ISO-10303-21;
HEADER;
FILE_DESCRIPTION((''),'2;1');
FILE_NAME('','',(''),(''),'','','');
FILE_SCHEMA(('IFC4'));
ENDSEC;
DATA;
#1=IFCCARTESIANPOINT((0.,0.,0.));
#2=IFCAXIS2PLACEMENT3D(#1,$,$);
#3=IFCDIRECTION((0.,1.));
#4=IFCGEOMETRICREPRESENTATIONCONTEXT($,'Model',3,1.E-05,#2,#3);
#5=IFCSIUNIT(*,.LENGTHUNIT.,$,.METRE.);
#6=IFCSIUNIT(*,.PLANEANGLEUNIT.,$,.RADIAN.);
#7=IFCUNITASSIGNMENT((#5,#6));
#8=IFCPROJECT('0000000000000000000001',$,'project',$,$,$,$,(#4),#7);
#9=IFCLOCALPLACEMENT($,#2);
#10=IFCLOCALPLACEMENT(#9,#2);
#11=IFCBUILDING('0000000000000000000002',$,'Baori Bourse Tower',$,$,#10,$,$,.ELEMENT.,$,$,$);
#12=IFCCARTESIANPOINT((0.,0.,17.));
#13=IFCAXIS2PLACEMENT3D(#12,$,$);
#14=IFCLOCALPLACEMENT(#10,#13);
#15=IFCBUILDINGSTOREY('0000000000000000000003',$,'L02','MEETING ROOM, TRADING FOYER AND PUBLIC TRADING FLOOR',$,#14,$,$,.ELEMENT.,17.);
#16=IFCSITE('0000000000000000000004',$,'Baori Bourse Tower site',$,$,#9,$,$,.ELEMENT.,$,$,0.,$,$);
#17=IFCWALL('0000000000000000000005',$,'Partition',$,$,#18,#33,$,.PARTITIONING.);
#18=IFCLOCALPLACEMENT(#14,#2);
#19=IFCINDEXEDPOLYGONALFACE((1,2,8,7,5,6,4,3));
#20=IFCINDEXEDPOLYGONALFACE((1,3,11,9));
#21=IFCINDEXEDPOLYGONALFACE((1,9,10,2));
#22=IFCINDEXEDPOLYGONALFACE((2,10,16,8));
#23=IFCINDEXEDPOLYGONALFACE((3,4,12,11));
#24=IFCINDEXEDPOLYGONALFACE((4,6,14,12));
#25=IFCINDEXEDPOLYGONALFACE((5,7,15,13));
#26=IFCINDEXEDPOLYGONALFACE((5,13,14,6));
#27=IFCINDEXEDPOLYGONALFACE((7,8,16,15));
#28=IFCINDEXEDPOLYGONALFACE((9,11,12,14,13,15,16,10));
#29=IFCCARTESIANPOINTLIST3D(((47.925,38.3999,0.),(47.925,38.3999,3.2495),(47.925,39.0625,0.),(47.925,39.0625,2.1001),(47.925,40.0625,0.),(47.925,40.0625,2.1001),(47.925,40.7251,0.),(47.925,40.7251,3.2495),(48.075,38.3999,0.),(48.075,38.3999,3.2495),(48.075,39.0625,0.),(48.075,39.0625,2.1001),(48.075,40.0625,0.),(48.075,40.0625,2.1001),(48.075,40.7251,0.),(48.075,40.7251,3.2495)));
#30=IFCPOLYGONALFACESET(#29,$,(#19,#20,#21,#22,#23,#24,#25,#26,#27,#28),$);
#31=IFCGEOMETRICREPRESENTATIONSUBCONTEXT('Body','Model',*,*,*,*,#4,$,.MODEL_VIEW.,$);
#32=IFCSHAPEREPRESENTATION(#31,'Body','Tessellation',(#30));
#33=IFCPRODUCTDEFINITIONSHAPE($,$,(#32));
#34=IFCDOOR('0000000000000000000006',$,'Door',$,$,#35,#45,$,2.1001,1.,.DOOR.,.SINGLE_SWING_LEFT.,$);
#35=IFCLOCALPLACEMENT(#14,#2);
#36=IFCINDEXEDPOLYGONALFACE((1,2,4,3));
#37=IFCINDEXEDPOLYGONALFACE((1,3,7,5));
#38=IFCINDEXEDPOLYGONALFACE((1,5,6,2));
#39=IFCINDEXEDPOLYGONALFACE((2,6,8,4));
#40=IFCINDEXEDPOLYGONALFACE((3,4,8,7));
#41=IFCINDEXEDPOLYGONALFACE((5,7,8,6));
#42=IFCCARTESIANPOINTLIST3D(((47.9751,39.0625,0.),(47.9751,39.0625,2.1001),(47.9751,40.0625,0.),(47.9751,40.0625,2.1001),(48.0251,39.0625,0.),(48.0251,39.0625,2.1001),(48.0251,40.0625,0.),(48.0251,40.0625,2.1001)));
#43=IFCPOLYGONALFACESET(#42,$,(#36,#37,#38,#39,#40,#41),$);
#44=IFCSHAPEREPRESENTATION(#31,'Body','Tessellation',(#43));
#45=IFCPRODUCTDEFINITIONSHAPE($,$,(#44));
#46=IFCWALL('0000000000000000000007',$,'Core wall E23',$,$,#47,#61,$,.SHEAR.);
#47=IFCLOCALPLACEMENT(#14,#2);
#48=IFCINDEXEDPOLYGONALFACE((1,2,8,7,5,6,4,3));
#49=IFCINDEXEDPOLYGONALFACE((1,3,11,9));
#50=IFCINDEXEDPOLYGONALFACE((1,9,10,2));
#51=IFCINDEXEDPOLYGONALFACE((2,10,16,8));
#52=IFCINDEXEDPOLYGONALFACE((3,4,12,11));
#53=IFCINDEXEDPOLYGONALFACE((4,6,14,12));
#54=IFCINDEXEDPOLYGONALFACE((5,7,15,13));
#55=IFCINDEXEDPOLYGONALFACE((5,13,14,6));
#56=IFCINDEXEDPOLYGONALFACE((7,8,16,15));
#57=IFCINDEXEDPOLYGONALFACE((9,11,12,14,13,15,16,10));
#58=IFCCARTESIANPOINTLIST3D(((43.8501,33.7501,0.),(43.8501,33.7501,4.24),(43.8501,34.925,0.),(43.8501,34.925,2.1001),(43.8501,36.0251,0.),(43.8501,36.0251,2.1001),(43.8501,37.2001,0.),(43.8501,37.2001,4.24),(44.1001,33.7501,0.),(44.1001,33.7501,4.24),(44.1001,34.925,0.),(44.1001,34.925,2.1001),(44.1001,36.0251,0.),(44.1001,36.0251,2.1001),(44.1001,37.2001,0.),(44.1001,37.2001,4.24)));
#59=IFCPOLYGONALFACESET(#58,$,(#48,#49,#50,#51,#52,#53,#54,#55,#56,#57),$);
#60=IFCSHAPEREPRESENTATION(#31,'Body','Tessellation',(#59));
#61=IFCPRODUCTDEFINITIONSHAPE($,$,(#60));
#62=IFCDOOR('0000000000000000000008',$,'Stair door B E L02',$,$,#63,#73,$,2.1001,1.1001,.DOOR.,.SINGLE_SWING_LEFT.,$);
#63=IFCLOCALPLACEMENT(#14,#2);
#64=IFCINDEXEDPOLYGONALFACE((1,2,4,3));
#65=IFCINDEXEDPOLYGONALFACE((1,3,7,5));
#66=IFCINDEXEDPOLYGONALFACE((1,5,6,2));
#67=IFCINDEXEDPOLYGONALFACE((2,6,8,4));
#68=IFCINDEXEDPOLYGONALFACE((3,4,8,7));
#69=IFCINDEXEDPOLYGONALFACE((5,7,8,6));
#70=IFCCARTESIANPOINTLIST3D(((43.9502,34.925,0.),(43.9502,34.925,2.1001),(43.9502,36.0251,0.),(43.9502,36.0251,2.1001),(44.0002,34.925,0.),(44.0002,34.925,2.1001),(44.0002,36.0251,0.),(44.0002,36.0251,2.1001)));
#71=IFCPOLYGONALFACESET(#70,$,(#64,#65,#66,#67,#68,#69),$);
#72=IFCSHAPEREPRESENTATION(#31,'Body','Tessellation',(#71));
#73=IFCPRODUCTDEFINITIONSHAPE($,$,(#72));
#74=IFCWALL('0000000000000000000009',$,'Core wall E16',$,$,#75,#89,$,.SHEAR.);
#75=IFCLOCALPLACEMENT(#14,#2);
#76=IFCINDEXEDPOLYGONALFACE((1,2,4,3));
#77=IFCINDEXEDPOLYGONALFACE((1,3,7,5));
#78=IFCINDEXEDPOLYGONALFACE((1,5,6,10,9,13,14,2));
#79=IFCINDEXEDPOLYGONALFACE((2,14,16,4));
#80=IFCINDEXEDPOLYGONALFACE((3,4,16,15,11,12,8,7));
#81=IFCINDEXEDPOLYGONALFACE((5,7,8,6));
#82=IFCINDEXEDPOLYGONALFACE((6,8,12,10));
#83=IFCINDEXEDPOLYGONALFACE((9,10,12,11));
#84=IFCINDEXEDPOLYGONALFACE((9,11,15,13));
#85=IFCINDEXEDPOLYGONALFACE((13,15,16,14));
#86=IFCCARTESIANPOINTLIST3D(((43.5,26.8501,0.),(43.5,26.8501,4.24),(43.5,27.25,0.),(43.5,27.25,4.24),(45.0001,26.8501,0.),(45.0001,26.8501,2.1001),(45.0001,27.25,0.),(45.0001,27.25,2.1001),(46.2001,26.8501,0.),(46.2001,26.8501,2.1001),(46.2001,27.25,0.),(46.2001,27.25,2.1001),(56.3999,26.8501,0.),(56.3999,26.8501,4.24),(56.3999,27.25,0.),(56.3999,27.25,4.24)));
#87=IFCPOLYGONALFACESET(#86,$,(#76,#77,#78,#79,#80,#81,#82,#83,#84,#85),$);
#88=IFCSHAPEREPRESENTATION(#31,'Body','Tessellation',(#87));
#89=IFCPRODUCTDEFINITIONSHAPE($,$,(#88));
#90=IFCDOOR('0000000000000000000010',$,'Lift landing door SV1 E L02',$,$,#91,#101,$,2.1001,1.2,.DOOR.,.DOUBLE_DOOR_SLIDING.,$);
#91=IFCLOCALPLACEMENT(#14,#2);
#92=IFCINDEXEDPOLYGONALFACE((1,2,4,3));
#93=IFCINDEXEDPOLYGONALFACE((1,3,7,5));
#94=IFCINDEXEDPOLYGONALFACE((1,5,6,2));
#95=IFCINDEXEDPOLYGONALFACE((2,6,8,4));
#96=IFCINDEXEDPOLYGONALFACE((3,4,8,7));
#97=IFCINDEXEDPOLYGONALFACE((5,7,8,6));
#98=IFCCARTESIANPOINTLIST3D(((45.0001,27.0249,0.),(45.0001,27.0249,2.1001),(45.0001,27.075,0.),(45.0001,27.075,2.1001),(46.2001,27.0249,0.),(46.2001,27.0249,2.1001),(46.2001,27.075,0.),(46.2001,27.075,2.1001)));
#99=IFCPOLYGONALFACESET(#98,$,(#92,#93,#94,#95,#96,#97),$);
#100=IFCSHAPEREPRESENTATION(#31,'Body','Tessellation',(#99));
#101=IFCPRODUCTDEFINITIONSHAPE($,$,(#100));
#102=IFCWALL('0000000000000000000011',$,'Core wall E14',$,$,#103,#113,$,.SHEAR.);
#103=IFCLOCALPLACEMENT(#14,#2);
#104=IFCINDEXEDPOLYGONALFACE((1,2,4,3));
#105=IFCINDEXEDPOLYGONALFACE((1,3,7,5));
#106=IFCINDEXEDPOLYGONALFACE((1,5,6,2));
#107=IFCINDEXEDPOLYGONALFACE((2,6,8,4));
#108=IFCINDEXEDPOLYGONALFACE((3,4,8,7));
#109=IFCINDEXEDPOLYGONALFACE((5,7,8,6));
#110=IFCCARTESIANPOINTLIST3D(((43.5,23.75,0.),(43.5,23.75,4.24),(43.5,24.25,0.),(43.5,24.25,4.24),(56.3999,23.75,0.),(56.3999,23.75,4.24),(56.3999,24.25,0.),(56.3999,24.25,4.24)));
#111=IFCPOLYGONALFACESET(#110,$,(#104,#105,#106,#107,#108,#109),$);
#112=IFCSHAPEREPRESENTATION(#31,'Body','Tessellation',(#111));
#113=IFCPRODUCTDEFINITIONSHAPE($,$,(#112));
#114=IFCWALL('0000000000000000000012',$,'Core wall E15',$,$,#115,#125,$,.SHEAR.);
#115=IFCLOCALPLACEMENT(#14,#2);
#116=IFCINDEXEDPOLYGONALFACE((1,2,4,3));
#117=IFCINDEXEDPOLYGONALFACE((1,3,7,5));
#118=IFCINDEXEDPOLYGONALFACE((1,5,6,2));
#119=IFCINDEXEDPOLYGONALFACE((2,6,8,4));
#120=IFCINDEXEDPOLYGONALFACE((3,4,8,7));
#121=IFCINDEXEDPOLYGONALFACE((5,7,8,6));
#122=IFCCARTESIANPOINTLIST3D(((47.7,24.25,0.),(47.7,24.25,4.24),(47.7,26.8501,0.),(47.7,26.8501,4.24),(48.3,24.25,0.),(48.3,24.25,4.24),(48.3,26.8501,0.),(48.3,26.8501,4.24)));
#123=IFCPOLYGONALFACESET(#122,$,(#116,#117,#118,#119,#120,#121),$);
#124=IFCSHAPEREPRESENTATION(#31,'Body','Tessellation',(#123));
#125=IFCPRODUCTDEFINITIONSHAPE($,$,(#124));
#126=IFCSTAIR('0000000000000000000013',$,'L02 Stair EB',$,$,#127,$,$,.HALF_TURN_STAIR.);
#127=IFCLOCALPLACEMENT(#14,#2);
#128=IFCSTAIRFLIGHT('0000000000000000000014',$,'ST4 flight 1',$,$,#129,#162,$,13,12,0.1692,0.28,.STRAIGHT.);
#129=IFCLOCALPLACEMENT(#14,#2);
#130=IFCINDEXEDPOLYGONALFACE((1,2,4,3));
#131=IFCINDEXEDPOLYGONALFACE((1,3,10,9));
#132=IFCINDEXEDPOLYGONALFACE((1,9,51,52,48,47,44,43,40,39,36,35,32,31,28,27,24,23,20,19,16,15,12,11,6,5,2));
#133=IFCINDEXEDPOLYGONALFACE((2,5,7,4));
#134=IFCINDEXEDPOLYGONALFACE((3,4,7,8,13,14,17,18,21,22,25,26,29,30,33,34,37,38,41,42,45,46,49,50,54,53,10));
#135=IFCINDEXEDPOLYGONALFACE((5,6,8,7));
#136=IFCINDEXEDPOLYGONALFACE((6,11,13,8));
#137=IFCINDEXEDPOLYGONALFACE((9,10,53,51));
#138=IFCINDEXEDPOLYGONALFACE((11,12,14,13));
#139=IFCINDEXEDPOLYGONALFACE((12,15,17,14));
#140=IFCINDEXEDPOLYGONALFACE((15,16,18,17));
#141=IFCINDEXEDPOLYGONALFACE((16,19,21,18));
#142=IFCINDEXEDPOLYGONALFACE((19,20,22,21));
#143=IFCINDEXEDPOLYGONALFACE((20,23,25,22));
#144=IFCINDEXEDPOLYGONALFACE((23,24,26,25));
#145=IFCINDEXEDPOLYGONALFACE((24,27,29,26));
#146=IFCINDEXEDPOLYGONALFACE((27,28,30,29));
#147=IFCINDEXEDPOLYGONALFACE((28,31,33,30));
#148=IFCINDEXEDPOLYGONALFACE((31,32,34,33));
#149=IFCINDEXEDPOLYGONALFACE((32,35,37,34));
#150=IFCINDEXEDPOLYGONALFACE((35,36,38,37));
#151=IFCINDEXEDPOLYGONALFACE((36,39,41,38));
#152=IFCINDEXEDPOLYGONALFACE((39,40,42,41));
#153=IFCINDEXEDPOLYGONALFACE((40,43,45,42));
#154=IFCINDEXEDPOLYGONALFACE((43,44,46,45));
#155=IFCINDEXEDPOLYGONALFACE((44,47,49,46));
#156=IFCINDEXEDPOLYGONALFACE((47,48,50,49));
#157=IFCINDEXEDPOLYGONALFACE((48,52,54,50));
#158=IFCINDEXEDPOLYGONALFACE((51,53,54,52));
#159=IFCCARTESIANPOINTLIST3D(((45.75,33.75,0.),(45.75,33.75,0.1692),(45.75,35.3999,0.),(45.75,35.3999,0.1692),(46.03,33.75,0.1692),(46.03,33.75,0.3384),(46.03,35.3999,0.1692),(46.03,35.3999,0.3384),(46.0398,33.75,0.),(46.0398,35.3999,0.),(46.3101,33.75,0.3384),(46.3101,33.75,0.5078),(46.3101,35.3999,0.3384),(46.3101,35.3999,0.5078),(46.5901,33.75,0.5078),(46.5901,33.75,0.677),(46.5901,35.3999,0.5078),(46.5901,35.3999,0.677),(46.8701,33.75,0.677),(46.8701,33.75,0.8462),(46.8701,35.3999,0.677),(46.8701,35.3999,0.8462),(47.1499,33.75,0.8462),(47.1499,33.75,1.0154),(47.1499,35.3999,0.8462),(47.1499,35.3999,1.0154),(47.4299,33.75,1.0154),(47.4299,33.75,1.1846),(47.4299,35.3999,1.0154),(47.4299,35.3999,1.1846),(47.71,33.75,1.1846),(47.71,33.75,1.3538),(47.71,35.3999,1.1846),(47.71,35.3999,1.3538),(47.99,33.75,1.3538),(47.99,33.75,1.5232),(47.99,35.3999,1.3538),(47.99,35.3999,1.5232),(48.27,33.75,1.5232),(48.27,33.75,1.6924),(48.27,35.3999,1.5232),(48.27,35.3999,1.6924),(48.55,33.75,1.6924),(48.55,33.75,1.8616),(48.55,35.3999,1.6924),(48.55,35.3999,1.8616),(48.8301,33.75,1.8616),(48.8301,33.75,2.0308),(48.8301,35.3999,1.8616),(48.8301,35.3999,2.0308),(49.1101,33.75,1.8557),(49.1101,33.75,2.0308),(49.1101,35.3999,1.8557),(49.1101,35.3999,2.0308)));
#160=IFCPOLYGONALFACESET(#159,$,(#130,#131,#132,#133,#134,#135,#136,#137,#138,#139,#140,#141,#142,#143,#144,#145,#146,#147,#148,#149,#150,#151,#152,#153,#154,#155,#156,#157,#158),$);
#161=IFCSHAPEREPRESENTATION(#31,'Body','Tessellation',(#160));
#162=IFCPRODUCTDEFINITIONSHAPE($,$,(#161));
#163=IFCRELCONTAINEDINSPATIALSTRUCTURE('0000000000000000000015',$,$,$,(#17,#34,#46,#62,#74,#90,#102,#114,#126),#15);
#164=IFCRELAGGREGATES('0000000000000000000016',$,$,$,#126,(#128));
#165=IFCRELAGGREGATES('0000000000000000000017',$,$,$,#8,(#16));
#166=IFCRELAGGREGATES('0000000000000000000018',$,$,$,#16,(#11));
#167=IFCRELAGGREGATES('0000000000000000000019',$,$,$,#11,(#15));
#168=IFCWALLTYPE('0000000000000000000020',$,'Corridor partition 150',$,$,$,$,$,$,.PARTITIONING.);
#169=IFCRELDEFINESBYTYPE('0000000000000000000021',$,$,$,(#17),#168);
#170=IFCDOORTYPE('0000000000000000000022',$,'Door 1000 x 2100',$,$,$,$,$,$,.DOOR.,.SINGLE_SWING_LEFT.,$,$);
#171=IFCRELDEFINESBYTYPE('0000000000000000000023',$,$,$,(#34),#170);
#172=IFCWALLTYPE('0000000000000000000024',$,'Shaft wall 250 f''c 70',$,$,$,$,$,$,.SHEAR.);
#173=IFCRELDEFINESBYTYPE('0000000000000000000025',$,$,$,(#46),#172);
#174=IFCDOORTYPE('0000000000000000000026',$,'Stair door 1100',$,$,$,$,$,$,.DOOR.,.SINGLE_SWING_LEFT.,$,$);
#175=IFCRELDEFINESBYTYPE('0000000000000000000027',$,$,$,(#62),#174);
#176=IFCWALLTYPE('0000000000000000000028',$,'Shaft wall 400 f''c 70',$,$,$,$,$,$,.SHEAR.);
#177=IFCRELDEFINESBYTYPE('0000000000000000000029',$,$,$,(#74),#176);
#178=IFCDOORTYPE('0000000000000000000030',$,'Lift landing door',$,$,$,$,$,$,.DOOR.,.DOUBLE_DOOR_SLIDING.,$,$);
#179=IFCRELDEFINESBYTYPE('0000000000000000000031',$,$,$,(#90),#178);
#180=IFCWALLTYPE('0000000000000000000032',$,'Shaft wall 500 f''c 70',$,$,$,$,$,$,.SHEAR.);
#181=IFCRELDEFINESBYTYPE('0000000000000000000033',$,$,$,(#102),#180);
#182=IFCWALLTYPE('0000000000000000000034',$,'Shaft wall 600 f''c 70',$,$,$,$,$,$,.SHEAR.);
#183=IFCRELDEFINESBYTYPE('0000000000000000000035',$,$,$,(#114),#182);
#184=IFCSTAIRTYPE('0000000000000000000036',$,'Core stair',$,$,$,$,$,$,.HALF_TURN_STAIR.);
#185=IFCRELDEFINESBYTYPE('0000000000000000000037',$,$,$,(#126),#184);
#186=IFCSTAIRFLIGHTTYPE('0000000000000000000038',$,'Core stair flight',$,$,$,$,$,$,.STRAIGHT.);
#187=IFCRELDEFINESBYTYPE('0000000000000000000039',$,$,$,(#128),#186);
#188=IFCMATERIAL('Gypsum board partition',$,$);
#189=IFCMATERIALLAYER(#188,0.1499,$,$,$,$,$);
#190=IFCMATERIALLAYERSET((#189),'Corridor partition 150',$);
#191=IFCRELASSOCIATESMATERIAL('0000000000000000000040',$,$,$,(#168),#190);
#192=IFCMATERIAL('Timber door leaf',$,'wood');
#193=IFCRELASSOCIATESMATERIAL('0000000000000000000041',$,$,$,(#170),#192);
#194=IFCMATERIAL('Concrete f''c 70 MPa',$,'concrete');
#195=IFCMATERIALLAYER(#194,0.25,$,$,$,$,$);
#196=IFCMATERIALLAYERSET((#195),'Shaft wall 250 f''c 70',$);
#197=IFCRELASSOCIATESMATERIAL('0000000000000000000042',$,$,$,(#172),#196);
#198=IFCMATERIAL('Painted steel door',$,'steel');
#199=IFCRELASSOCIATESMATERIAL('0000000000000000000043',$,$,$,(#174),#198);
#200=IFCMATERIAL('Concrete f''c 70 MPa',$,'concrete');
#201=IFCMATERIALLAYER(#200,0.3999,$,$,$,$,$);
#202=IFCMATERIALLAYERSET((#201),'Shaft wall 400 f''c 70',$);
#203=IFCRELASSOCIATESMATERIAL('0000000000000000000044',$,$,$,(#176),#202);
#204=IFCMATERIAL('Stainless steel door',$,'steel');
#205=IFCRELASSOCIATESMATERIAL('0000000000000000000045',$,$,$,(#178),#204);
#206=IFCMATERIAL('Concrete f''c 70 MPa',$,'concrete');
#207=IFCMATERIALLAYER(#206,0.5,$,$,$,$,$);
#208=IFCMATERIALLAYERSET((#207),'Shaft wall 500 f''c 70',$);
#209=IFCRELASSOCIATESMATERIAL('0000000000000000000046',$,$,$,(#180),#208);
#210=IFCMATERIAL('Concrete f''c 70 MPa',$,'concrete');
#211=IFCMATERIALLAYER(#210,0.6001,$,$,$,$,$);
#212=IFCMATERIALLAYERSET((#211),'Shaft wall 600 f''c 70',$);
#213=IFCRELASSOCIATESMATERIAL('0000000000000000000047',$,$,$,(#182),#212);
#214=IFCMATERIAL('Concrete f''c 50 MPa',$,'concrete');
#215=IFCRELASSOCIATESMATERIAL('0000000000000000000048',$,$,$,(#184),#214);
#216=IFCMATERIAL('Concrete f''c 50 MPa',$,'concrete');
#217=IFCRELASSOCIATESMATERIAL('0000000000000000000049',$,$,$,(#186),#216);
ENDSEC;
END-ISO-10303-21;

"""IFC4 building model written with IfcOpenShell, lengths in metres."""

from ifc_helpers import new_model, si_unit, direction, frame, frame_2d, origin, place, context, subcontext, project, spatial, polyline, rectangle, outline, extrude, material, layer, layer_set, type_object, element, fill, aggregate, save


model = new_model("IFC4")

# Units and contexts
model_context = context("Model", 3, precision=1e-05, world=origin(), true_north=direction((0.0, 1.0)))
body_context = subcontext(model_context, "Body", "Model", "MODEL_VIEW")
ifc_project = project(units=[si_unit("LENGTHUNIT", "METRE"), si_unit("PLANEANGLEUNIT", "RADIAN")], contexts=[model_context])

# Site, building, storey
site_placement = place(None, origin())
site = spatial("IfcSite", under=ifc_project, at=site_placement, Name="Baori Bourse Tower site", CompositionType="ELEMENT", RefElevation=0.0)
building_placement = place(site_placement, origin())
building = spatial("IfcBuilding", under=site, at=building_placement, Name="Baori Bourse Tower", CompositionType="ELEMENT")
storey_placement = place(building_placement, frame((0.0, 0.0, 17.0)))
storey = spatial("IfcBuildingStorey", under=building, at=storey_placement, Name="L02", Description="MEETING ROOM, TRADING FOYER AND PUBLIC TRADING FLOOR", CompositionType="ELEMENT", Elevation=17.0)

# Walls, openings, doors
ifc_material_1 = material(Name="Gypsum board partition")
ifc_layer_1 = layer(ifc_material_1, 0.1499)
ifc_layer_set_1 = layer_set([ifc_layer_1], Name="Corridor partition 150")
wall_type_1 = type_object("IfcWallType", Name="Corridor partition 150", PredefinedType="PARTITIONING", material=ifc_layer_set_1)
wall_1_placement = place(storey_placement, frame((48.0, 38.3999, 0.0), z_axis=(0.0, 0.0, 1.0), x_axis=(0.0, 1.0, 0.0)))
wall_1 = element("IfcWall", 1, at=wall_1_placement, inside=storey, type_object=wall_type_1, Name="Partition", PredefinedType="PARTITIONING", context=body_context, shape_type="SweptSolid", body=[
    extrude(rectangle(XDim=2.3252, YDim=0.1499, at=frame_2d((1.1626, 0.0))), origin(), (0.0, 0.0, 1.0), 3.2495),
])
opening_1_placement = place(wall_1_placement, frame((0.6626, 0.0, 0.0)))
opening_1 = element("IfcOpeningElement", 2, at=opening_1_placement, cuts=wall_1, PredefinedType="OPENING", context=body_context, shape_type="SweptSolid", body=[
    extrude(rectangle(XDim=1.0, YDim=2.1001, at=frame_2d((0.5, 1.05))), frame((0.0, 0.085, 0.0), z_axis=(0.0, -1.0, 0.0), x_axis=(1.0, 0.0, 0.0)), (0.0, 0.0, 1.0), 0.1699),
])
ifc_material_2 = material(Name="Timber door leaf", Category="wood")
door_type_1 = type_object("IfcDoorType", Name="Door 1000 x 2100", OperationType="SINGLE_SWING_LEFT", PredefinedType="DOOR", material=ifc_material_2)
door_1_placement = place(opening_1_placement, origin())
door_1 = element("IfcDoor", 3, at=door_1_placement, inside=storey, type_object=door_type_1, Name="Door", OperationType="SINGLE_SWING_LEFT", OverallHeight=2.1001, OverallWidth=1.0, PredefinedType="DOOR", context=body_context, shape_type="SweptSolid", body=[
    extrude(rectangle(XDim=1.0, YDim=2.1001, at=frame_2d((0.5, 1.05))), frame((0.0, 0.0249, 0.0), z_axis=(0.0, -1.0, 0.0), x_axis=(1.0, 0.0, 0.0)), (0.0, 0.0, 1.0), 0.05),
])
fill(opening_1, door_1)
ifc_material_3 = material(Name="Concrete f'c 70 MPa", Category="concrete")
ifc_layer_2 = layer(ifc_material_3, 0.25)
ifc_layer_set_2 = layer_set([ifc_layer_2], Name="Shaft wall 250 f'c 70")
wall_type_2 = type_object("IfcWallType", Name="Shaft wall 250 f'c 70", PredefinedType="SHEAR", material=ifc_layer_set_2)
wall_2_placement = place(storey_placement, frame((43.9751, 33.75, 0.0), z_axis=(0.0, 0.0, 1.0), x_axis=(0.0, 1.0, 0.0)))
wall_2 = element("IfcWall", 4, at=wall_2_placement, inside=storey, type_object=wall_type_2, Name="Core wall E23", PredefinedType="SHEAR", context=body_context, shape_type="SweptSolid", body=[
    extrude(rectangle(XDim=3.45, YDim=0.25, at=frame_2d((1.7251, 0.0))), origin(), (0.0, 0.0, 1.0), 4.24),
])
opening_2_placement = place(wall_2_placement, frame((1.175, 0.0, 0.0)))
opening_2 = element("IfcOpeningElement", 5, at=opening_2_placement, cuts=wall_2, PredefinedType="OPENING", context=body_context, shape_type="SweptSolid", body=[
    extrude(rectangle(XDim=1.1001, YDim=2.1001, at=frame_2d((0.55, 1.05))), frame((0.0, 0.135, 0.0), z_axis=(0.0, -1.0, 0.0), x_axis=(1.0, 0.0, 0.0)), (0.0, 0.0, 1.0), 0.27),
])
ifc_material_4 = material(Name="Painted steel door", Category="steel")
door_type_2 = type_object("IfcDoorType", Name="Stair door 1100", OperationType="SINGLE_SWING_LEFT", PredefinedType="DOOR", material=ifc_material_4)
door_2_placement = place(opening_2_placement, origin())
door_2 = element("IfcDoor", 6, at=door_2_placement, inside=storey, type_object=door_type_2, Name="Stair door B E L02", OperationType="SINGLE_SWING_LEFT", OverallHeight=2.1001, OverallWidth=1.1001, PredefinedType="DOOR", context=body_context, shape_type="SweptSolid", body=[
    extrude(rectangle(XDim=1.1001, YDim=2.1001, at=frame_2d((0.55, 1.05))), frame((0.0, 0.0249, 0.0), z_axis=(0.0, -1.0, 0.0), x_axis=(1.0, 0.0, 0.0)), (0.0, 0.0, 1.0), 0.05),
])
fill(opening_2, door_2)
ifc_material_5 = material(Name="Concrete f'c 70 MPa", Category="concrete")
ifc_layer_3 = layer(ifc_material_5, 0.3999)
ifc_layer_set_3 = layer_set([ifc_layer_3], Name="Shaft wall 400 f'c 70")
wall_type_3 = type_object("IfcWallType", Name="Shaft wall 400 f'c 70", PredefinedType="SHEAR", material=ifc_layer_set_3)
wall_3_placement = place(storey_placement, frame((43.5, 27.05, 0.0), z_axis=(0.0, 0.0, 1.0), x_axis=(1.0, 0.0, 0.0)))
wall_3 = element("IfcWall", 7, at=wall_3_placement, inside=storey, type_object=wall_type_3, Name="Core wall E16", PredefinedType="SHEAR", context=body_context, shape_type="SweptSolid", body=[
    extrude(rectangle(XDim=12.8999, YDim=0.3999, at=frame_2d((6.45, 0.0))), origin(), (0.0, 0.0, 1.0), 4.24),
])
opening_3_placement = place(wall_3_placement, frame((1.5, 0.0, 0.0)))
opening_3 = element("IfcOpeningElement", 8, at=opening_3_placement, cuts=wall_3, PredefinedType="OPENING", context=body_context, shape_type="SweptSolid", body=[
    extrude(rectangle(XDim=1.2, YDim=2.1001, at=frame_2d((0.6001, 1.05))), frame((0.0, 0.21, 0.0), z_axis=(0.0, -1.0, 0.0), x_axis=(1.0, 0.0, 0.0)), (0.0, 0.0, 1.0), 0.4199),
])
ifc_material_6 = material(Name="Stainless steel door", Category="steel")
door_type_3 = type_object("IfcDoorType", Name="Lift landing door", OperationType="DOUBLE_DOOR_SLIDING", PredefinedType="DOOR", material=ifc_material_6)
door_3_placement = place(opening_3_placement, origin())
door_3 = element("IfcDoor", 9, at=door_3_placement, inside=storey, type_object=door_type_3, Name="Lift landing door SV1 E L02", OperationType="DOUBLE_DOOR_SLIDING", OverallHeight=2.1001, OverallWidth=1.2, PredefinedType="DOOR", context=body_context, shape_type="SweptSolid", body=[
    extrude(rectangle(XDim=1.2, YDim=2.1001, at=frame_2d((0.6001, 1.05))), frame((0.0, 0.0249, 0.0), z_axis=(0.0, -1.0, 0.0), x_axis=(1.0, 0.0, 0.0)), (0.0, 0.0, 1.0), 0.05),
])
fill(opening_3, door_3)

# Walls
ifc_material_7 = material(Name="Concrete f'c 70 MPa", Category="concrete")
ifc_layer_4 = layer(ifc_material_7, 0.5)
ifc_layer_set_4 = layer_set([ifc_layer_4], Name="Shaft wall 500 f'c 70")
wall_type_4 = type_object("IfcWallType", Name="Shaft wall 500 f'c 70", PredefinedType="SHEAR", material=ifc_layer_set_4)
wall_4_placement = place(storey_placement, frame((43.5, 24.0, 0.0), z_axis=(0.0, 0.0, 1.0), x_axis=(1.0, 0.0, 0.0)))
element("IfcWall", 10, at=wall_4_placement, inside=storey, type_object=wall_type_4, Name="Core wall E14", PredefinedType="SHEAR", context=body_context, shape_type="SweptSolid", body=[
    extrude(rectangle(XDim=12.8999, YDim=0.5, at=frame_2d((6.45, 0.0))), origin(), (0.0, 0.0, 1.0), 4.24),
])
ifc_material_8 = material(Name="Concrete f'c 70 MPa", Category="concrete")
ifc_layer_5 = layer(ifc_material_8, 0.6001)
ifc_layer_set_5 = layer_set([ifc_layer_5], Name="Shaft wall 600 f'c 70")
wall_type_5 = type_object("IfcWallType", Name="Shaft wall 600 f'c 70", PredefinedType="SHEAR", material=ifc_layer_set_5)
wall_5_placement = place(storey_placement, frame((48.0, 24.25, 0.0), z_axis=(0.0, 0.0, 1.0), x_axis=(0.0, 1.0, 0.0)))
element("IfcWall", 11, at=wall_5_placement, inside=storey, type_object=wall_type_5, Name="Core wall E15", PredefinedType="SHEAR", context=body_context, shape_type="SweptSolid", body=[
    extrude(rectangle(XDim=2.6001, YDim=0.6001, at=frame_2d((1.3, 0.0))), origin(), (0.0, 0.0, 1.0), 4.24),
])

# Stair, stair flight
ifc_material_9 = material(Name="Concrete f'c 50 MPa", Category="concrete")
stair_type = type_object("IfcStairType", Name="Core stair", PredefinedType="HALF_TURN_STAIR", material=ifc_material_9)
stair_placement = place(storey_placement, origin())
stair = element("IfcStair", 12, at=stair_placement, inside=storey, type_object=stair_type, Name="L02 Stair EB", PredefinedType="HALF_TURN_STAIR")
ifc_material_10 = material(Name="Concrete f'c 50 MPa", Category="concrete")
stair_flight_type = type_object("IfcStairFlightType", Name="Core stair flight", PredefinedType="STRAIGHT", material=ifc_material_10)
stair_flight_1_placement = place(storey_placement, frame((45.75, 34.575, 0.0), z_axis=(0.0, 0.0, 1.0), x_axis=(1.0, 0.0, 0.0)))
stair_flight_1 = element("IfcStairFlight", 13, at=stair_flight_1_placement, type_object=stair_flight_type, Name="ST4 flight 1", NumberOfRisers=13, NumberOfTreads=12, PredefinedType="STRAIGHT", RiserHeight=0.1692, TreadLength=0.28, context=body_context, shape_type="SweptSolid", body=[
    extrude(outline(polyline([(0.0, 0.0), (0.0, 0.1692), (0.28, 0.1692), (0.28, 0.3384), (0.5601, 0.3384), (0.5601, 0.5078), (0.8401, 0.5078), (0.8401, 0.677), (1.1201, 0.677), (1.1201, 0.8462), (1.3999, 0.8462), (1.3999, 1.0154), (1.6799, 1.0154), (1.6799, 1.1846), (1.96, 1.1846), (1.96, 1.3538), (2.24, 1.3538), (2.24, 1.5232), (2.52, 1.5232), (2.52, 1.6924), (2.8, 1.6924), (2.8, 1.8616), (3.0801, 1.8616), (3.0801, 2.0308), (3.3601, 2.0308), (3.3601, 2.2), (3.3601, 1.8557), (0.2898, 0.0), (0.0, 0.0)])), frame((0.0, 0.825, 0.0), z_axis=(0.0, -1.0, 0.0), x_axis=(1.0, 0.0, 0.0)), (0.0, 0.0, 1.0), 1.6499),
])
aggregate(stair, [stair_flight_1])

save(model, "model.ifc")
